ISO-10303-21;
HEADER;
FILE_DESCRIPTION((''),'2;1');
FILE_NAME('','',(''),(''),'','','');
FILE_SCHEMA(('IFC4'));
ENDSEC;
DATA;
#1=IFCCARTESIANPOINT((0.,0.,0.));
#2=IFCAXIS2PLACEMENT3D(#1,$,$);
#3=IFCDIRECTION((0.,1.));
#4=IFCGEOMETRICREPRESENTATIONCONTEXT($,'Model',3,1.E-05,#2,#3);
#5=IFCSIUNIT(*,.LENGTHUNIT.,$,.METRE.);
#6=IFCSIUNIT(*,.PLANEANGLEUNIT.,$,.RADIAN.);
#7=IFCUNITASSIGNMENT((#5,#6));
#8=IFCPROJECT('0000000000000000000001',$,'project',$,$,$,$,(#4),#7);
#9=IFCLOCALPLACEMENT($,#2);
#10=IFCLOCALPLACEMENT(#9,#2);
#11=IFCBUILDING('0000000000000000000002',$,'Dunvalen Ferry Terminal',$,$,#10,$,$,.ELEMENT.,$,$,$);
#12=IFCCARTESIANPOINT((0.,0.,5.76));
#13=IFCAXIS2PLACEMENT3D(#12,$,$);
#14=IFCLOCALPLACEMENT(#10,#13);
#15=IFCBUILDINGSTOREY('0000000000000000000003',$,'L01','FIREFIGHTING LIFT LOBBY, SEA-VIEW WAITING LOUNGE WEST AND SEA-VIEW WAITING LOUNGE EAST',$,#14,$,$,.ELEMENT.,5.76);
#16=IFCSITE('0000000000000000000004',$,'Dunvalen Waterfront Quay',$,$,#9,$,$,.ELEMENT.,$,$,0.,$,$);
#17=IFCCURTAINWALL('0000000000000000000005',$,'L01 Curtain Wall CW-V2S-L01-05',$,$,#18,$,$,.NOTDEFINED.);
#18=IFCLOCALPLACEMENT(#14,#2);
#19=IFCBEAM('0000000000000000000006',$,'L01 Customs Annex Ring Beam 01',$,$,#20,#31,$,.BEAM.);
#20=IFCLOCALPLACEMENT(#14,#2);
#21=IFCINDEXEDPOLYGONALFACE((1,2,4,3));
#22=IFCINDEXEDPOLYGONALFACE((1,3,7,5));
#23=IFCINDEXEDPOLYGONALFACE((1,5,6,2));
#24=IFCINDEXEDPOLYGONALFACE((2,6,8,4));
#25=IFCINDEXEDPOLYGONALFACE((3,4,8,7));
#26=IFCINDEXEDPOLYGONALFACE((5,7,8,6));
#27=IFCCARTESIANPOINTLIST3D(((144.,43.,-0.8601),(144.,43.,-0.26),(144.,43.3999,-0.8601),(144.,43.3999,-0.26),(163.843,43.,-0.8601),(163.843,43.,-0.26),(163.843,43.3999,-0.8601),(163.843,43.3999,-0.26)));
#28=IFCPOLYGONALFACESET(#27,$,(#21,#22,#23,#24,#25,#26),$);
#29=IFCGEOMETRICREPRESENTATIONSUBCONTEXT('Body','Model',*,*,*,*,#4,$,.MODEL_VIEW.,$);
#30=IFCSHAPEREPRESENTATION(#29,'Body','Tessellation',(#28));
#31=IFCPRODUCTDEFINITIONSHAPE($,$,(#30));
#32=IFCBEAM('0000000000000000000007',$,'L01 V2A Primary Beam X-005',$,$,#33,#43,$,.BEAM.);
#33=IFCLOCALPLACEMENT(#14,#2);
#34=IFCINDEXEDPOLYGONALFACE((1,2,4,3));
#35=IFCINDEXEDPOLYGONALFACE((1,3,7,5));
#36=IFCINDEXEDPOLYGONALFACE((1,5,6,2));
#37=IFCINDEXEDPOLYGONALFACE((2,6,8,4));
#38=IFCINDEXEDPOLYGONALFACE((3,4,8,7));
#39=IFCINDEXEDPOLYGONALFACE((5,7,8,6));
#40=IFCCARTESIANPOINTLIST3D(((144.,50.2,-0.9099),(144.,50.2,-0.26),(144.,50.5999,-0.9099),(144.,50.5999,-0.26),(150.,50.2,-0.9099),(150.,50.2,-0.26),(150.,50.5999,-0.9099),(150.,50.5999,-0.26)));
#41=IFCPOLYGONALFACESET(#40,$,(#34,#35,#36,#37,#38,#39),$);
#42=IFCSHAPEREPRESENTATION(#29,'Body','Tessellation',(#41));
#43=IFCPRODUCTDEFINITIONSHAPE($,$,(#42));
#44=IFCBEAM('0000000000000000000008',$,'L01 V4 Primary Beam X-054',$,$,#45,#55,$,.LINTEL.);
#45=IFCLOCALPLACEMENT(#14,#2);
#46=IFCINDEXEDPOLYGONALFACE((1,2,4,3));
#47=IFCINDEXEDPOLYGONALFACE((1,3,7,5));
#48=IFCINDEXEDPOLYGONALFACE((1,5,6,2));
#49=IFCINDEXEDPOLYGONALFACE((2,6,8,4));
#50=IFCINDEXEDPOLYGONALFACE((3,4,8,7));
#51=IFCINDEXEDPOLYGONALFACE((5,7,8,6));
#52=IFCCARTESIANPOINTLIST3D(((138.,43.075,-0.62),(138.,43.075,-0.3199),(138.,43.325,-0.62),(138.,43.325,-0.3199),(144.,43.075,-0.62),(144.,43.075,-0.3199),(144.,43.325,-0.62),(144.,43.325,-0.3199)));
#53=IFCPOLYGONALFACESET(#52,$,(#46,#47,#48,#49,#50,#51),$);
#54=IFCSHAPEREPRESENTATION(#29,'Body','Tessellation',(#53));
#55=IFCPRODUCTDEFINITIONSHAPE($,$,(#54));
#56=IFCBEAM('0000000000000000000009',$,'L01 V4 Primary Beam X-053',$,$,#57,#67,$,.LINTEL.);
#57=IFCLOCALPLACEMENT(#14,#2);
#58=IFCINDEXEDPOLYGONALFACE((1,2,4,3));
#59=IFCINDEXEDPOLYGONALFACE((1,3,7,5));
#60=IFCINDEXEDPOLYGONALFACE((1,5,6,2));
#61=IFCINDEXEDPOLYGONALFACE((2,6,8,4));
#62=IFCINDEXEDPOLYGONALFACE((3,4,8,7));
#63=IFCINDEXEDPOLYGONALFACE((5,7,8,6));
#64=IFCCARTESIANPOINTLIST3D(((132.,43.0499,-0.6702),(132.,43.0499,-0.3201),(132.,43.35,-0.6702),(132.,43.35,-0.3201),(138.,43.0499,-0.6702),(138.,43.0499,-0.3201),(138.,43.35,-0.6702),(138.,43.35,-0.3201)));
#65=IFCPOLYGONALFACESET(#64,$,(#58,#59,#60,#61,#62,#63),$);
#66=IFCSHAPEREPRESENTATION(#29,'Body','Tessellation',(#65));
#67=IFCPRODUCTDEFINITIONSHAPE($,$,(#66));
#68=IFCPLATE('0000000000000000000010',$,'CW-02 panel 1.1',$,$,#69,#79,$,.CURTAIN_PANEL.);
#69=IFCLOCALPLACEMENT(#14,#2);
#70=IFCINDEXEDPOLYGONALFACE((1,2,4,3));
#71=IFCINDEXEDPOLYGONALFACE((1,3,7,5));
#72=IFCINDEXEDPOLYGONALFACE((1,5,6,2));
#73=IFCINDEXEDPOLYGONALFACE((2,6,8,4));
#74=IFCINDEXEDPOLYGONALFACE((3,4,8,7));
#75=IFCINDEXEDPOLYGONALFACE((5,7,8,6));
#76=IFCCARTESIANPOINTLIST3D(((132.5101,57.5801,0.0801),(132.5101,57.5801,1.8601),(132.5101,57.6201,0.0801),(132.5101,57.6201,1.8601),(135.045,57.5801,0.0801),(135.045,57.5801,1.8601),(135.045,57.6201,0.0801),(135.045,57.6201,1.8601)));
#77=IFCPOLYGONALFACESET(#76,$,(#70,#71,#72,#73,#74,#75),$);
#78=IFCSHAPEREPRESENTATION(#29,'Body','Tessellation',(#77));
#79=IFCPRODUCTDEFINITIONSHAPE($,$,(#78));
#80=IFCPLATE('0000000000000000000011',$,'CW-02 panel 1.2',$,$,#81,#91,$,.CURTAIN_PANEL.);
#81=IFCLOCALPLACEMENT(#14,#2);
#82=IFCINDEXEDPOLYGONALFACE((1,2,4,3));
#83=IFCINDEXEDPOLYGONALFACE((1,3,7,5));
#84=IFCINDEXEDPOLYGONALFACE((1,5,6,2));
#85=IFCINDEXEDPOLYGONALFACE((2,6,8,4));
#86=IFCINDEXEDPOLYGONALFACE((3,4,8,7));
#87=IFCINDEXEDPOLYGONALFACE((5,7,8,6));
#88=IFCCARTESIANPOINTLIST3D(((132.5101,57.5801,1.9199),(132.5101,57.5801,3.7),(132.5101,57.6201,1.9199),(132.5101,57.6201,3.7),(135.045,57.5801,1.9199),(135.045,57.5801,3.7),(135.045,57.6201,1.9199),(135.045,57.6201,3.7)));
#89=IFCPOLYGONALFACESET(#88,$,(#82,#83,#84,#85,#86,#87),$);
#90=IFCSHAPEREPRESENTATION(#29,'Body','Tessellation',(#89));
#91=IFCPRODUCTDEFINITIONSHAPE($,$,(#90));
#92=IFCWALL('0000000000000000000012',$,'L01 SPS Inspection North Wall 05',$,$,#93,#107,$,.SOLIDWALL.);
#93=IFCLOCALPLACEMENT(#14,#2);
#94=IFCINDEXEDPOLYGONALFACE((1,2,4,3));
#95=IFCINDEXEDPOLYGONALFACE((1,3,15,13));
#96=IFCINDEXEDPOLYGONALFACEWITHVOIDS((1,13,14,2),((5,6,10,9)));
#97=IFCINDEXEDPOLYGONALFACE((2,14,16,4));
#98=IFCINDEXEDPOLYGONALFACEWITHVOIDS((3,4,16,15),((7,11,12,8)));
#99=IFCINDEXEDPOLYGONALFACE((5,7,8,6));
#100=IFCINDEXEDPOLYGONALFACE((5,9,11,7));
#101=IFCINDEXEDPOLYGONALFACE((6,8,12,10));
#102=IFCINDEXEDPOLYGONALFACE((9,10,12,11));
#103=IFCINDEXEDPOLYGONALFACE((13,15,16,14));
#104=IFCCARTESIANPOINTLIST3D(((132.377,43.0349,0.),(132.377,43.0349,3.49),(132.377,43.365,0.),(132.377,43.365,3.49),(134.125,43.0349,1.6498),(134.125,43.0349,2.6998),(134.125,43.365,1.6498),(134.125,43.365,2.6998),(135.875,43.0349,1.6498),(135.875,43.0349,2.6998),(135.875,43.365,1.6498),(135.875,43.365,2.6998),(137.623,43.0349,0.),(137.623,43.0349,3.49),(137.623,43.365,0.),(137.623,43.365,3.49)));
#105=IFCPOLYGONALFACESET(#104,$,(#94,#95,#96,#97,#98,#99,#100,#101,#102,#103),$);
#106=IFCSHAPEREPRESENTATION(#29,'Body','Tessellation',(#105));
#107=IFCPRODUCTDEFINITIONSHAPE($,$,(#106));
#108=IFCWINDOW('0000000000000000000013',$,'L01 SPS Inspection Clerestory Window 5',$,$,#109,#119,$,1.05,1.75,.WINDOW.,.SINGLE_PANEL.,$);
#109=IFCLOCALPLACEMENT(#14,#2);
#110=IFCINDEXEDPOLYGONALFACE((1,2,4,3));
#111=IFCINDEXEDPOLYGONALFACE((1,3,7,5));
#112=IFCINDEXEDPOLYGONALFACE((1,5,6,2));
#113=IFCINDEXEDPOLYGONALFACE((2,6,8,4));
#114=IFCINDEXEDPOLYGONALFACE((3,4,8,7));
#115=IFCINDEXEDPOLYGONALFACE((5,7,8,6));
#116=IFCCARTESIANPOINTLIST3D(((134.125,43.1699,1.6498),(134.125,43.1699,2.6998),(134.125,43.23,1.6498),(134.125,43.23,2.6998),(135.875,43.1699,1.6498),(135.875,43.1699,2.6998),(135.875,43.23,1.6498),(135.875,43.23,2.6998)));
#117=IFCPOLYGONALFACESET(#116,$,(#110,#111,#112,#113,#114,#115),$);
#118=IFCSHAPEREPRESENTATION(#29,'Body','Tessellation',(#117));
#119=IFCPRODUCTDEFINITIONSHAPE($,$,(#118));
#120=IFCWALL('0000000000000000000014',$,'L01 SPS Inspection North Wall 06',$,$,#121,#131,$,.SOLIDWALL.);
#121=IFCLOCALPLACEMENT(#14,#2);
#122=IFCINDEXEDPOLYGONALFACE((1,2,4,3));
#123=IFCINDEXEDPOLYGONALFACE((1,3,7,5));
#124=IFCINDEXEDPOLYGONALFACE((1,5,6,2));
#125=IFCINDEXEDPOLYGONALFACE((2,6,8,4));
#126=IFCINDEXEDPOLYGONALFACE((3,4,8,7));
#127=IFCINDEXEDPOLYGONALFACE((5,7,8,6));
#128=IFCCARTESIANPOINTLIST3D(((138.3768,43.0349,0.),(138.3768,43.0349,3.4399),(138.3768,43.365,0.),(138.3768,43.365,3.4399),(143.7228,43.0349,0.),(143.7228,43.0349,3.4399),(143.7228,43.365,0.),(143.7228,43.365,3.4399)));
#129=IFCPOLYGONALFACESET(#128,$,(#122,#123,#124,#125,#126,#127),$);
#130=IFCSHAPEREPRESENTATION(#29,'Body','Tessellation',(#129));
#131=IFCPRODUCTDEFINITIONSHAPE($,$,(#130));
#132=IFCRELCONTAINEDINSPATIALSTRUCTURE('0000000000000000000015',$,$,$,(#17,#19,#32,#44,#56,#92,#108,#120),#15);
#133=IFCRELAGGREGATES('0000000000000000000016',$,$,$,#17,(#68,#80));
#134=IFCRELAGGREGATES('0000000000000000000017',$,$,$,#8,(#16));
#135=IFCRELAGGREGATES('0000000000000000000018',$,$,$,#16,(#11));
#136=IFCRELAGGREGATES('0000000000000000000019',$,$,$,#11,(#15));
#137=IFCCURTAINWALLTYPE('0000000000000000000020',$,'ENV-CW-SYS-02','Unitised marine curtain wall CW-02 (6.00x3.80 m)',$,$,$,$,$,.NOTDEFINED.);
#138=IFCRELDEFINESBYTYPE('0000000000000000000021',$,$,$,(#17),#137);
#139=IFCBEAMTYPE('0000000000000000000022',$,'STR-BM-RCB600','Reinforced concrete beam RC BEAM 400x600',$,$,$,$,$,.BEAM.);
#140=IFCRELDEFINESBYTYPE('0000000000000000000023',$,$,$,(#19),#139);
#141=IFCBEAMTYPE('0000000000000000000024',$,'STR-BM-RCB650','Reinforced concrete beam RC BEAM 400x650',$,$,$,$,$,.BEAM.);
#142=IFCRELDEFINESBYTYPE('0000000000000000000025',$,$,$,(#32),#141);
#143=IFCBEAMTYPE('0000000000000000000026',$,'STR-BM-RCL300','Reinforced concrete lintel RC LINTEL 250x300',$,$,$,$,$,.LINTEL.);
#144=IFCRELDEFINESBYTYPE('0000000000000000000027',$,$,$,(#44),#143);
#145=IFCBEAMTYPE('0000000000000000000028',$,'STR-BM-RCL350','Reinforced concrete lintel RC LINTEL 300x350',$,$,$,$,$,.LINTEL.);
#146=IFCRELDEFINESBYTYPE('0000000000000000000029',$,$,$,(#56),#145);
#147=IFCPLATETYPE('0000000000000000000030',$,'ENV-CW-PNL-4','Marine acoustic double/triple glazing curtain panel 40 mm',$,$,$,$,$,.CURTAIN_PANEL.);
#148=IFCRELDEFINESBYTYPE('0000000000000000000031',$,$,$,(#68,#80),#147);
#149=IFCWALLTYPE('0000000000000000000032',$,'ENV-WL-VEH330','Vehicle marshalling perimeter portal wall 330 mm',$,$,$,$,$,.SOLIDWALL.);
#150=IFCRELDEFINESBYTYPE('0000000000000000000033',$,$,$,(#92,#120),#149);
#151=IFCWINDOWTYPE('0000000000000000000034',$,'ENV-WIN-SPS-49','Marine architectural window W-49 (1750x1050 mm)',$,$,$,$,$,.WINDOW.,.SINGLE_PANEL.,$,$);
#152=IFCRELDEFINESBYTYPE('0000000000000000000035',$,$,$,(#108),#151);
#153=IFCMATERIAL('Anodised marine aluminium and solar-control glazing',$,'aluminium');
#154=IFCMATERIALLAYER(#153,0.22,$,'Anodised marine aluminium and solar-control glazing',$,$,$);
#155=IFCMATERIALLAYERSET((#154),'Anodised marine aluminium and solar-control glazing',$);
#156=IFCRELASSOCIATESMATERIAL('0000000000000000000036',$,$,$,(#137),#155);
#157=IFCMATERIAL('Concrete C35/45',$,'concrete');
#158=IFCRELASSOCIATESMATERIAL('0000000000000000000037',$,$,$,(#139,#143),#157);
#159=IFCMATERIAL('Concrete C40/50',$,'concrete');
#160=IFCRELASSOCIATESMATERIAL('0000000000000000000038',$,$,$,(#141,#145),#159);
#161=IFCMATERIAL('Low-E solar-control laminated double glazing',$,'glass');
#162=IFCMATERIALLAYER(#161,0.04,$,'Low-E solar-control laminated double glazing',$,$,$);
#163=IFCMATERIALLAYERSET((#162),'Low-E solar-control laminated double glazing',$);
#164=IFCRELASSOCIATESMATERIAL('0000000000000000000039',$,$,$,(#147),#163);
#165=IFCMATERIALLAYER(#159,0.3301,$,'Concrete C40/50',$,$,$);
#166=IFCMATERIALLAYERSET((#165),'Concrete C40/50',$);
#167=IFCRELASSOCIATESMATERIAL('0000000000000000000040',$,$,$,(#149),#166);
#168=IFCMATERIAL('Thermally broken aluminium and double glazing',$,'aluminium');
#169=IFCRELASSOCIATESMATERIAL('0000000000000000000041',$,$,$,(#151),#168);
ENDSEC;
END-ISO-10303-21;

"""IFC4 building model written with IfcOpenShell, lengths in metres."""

from ifc_helpers import new_model, si_unit, direction, frame, frame_2d, origin, origin_2d, place, context, subcontext, project, spatial, rectangle, extrude, material, layer, layer_set, material_profile, profile_set, type_object, element, fill, aggregate, save


model = new_model("IFC4")

# Units and contexts
model_context = context("Model", 3, precision=1e-05, world=origin(), true_north=direction((0.0, 1.0)))
body_context = subcontext(model_context, "Body", "Model", "MODEL_VIEW")
ifc_project = project(units=[si_unit("LENGTHUNIT", "METRE"), si_unit("PLANEANGLEUNIT", "RADIAN")], contexts=[model_context])

# Site, building, storey
site_placement = place(None, origin())
site = spatial("IfcSite", under=ifc_project, at=site_placement, Name="Dunvalen Waterfront Quay", CompositionType="ELEMENT", RefElevation=0.0)
building_placement = place(site_placement, origin())
building = spatial("IfcBuilding", under=site, at=building_placement, Name="Dunvalen Ferry Terminal", CompositionType="ELEMENT")
storey_placement = place(building_placement, frame((0.0, 0.0, 5.76)))
storey = spatial("IfcBuildingStorey", under=building, at=storey_placement, Name="L01", Description="FIREFIGHTING LIFT LOBBY, SEA-VIEW WAITING LOUNGE WEST AND SEA-VIEW WAITING LOUNGE EAST", CompositionType="ELEMENT", Elevation=5.76)

# Shared definitions
ifc_material_1 = material(Name="Concrete C40/50", Category="concrete")
ifc_material_2 = material(Name="Concrete C35/45", Category="concrete")

# Curtain wall
ifc_material_3 = material(Name="Anodised marine aluminium and solar-control glazing", Category="aluminium")
ifc_layer_1 = layer(ifc_material_3, 0.22, Name="Anodised marine aluminium and solar-control glazing")
ifc_layer_set_1 = layer_set([ifc_layer_1], Name="Anodised marine aluminium and solar-control glazing")
curtain_wall_type = type_object("IfcCurtainWallType", Name="ENV-CW-SYS-02", Description="Unitised marine curtain wall CW-02 (6.00x3.80 m)", PredefinedType="NOTDEFINED", material=ifc_layer_set_1)
curtain_wall_placement = place(storey_placement, origin())
curtain_wall = element("IfcCurtainWall", 1, at=curtain_wall_placement, inside=storey, type_object=curtain_wall_type, Name="L01 Curtain Wall CW-V2S-L01-05", PredefinedType="NOTDEFINED")

# Beams
ifc_material_profile_1 = material_profile(ifc_material_2, rectangle(XDim=0.3999, YDim=0.6001, at=origin_2d()), Name="Concrete C35/45")
ifc_profile_set_1 = profile_set([ifc_material_profile_1], Name="Concrete C35/45")
beam_type_1 = type_object("IfcBeamType", Name="STR-BM-RCB600", Description="Reinforced concrete beam RC BEAM 400x600", PredefinedType="BEAM", material=ifc_profile_set_1)
beam_1_placement = place(storey_placement, frame((144.0, 43.2, -0.5601), z_axis=(1.0, 0.0, 0.0), x_axis=(0.0, 1.0, 0.0)))
element("IfcBeam", 2, at=beam_1_placement, inside=storey, type_object=beam_type_1, Name="L01 Customs Annex Ring Beam 01", PredefinedType="BEAM", context=body_context, shape_type="SweptSolid", body=[
    extrude(rectangle(XDim=0.3999, YDim=0.6001, at=origin_2d()), origin(), (0.0, 0.0, 1.0), 19.843),
])
ifc_material_profile_2 = material_profile(ifc_material_1, rectangle(XDim=0.3999, YDim=0.6499, at=origin_2d()), Name="Concrete C40/50")
ifc_profile_set_2 = profile_set([ifc_material_profile_2], Name="Concrete C40/50")
beam_type_2 = type_object("IfcBeamType", Name="STR-BM-RCB650", Description="Reinforced concrete beam RC BEAM 400x650", PredefinedType="BEAM", material=ifc_profile_set_2)
beam_2_placement = place(storey_placement, frame((144.0, 50.3999, -0.585), z_axis=(1.0, 0.0, 0.0), x_axis=(0.0, 1.0, 0.0)))
element("IfcBeam", 3, at=beam_2_placement, inside=storey, type_object=beam_type_2, Name="L01 V2A Primary Beam X-005", PredefinedType="BEAM", context=body_context, shape_type="SweptSolid", body=[
    extrude(rectangle(XDim=0.3999, YDim=0.6499, at=origin_2d()), origin(), (0.0, 0.0, 1.0), 6.0),
])
ifc_material_profile_3 = material_profile(ifc_material_2, rectangle(XDim=0.25, YDim=0.3, at=origin_2d()), Name="Concrete C35/45")
ifc_profile_set_3 = profile_set([ifc_material_profile_3], Name="Concrete C35/45")
beam_type_3 = type_object("IfcBeamType", Name="STR-BM-RCL300", Description="Reinforced concrete lintel RC LINTEL 250x300", PredefinedType="LINTEL", material=ifc_profile_set_3)
beam_3_placement = place(storey_placement, frame((138.0, 43.2, -0.47), z_axis=(1.0, 0.0, 0.0), x_axis=(0.0, 1.0, 0.0)))
element("IfcBeam", 4, at=beam_3_placement, inside=storey, type_object=beam_type_3, Name="L01 V4 Primary Beam X-054", PredefinedType="LINTEL", context=body_context, shape_type="SweptSolid", body=[
    extrude(rectangle(XDim=0.25, YDim=0.3, at=origin_2d()), origin(), (0.0, 0.0, 1.0), 6.0),
])
ifc_material_profile_4 = material_profile(ifc_material_1, rectangle(XDim=0.3, YDim=0.3501, at=origin_2d()), Name="Concrete C40/50")
ifc_profile_set_4 = profile_set([ifc_material_profile_4], Name="Concrete C40/50")
beam_type_4 = type_object("IfcBeamType", Name="STR-BM-RCL350", Description="Reinforced concrete lintel RC LINTEL 300x350", PredefinedType="LINTEL", material=ifc_profile_set_4)
beam_4_placement = place(storey_placement, frame((132.0, 43.2, -0.4951), z_axis=(1.0, 0.0, 0.0), x_axis=(0.0, 1.0, 0.0)))
element("IfcBeam", 5, at=beam_4_placement, inside=storey, type_object=beam_type_4, Name="L01 V4 Primary Beam X-053", PredefinedType="LINTEL", context=body_context, shape_type="SweptSolid", body=[
    extrude(rectangle(XDim=0.3, YDim=0.3501, at=origin_2d()), origin(), (0.0, 0.0, 1.0), 6.0),
])

# Plates
ifc_material_4 = material(Name="Low-E solar-control laminated double glazing", Category="glass")
ifc_layer_2 = layer(ifc_material_4, 0.04, Name="Low-E solar-control laminated double glazing")
ifc_layer_set_2 = layer_set([ifc_layer_2], Name="Low-E solar-control laminated double glazing")
plate_type = type_object("IfcPlateType", Name="ENV-CW-PNL-4", Description="Marine acoustic double/triple glazing curtain panel 40 mm", PredefinedType="CURTAIN_PANEL", material=ifc_layer_set_2)
plate_1_placement = place(storey_placement, frame((133.7776, 57.6001, 0.0801), z_axis=(0.0, 0.0, 1.0), x_axis=(1.0, 0.0, 0.0)))
plate_1 = element("IfcPlate", 6, at=plate_1_placement, type_object=plate_type, Name="CW-02 panel 1.1", PredefinedType="CURTAIN_PANEL", context=body_context, shape_type="SweptSolid", body=[
    extrude(rectangle(XDim=2.5349, YDim=0.04, at=origin_2d()), origin(), (0.0, 0.0, 1.0), 1.78),
])
plate_2_placement = place(storey_placement, frame((133.7776, 57.6001, 1.9199), z_axis=(0.0, 0.0, 1.0), x_axis=(1.0, 0.0, 0.0)))
plate_2 = element("IfcPlate", 7, at=plate_2_placement, type_object=plate_type, Name="CW-02 panel 1.2", PredefinedType="CURTAIN_PANEL", context=body_context, shape_type="SweptSolid", body=[
    extrude(rectangle(XDim=2.5349, YDim=0.04, at=origin_2d()), origin(), (0.0, 0.0, 1.0), 1.78),
])
aggregate(curtain_wall, [plate_1, plate_2])

# Wall, opening, window
ifc_layer_3 = layer(ifc_material_1, 0.3301, Name="Concrete C40/50")
ifc_layer_set_3 = layer_set([ifc_layer_3], Name="Concrete C40/50")
wall_type = type_object("IfcWallType", Name="ENV-WL-VEH330", Description="Vehicle marshalling perimeter portal wall 330 mm", PredefinedType="SOLIDWALL", material=ifc_layer_set_3)
wall_1_placement = place(storey_placement, frame((132.377, 43.2, 0.0), z_axis=(0.0, 0.0, 1.0), x_axis=(1.0, 0.0, 0.0)))
wall_1 = element("IfcWall", 8, at=wall_1_placement, inside=storey, type_object=wall_type, Name="L01 SPS Inspection North Wall 05", PredefinedType="SOLIDWALL", context=body_context, shape_type="SweptSolid", body=[
    extrude(rectangle(XDim=5.2461, YDim=0.3301, at=frame_2d((2.623, 0.0))), origin(), (0.0, 0.0, 1.0), 3.49),
])
opening_placement = place(wall_1_placement, frame((1.748, 0.0, 1.6499)))
opening = element("IfcOpeningElement", 9, at=opening_placement, cuts=wall_1, PredefinedType="OPENING", context=body_context, shape_type="SweptSolid", body=[
    extrude(rectangle(XDim=1.75, YDim=1.05, at=frame_2d((0.875, 0.5249))), frame((0.0, 0.175, 0.0), z_axis=(0.0, -1.0, 0.0), x_axis=(1.0, 0.0, 0.0)), (0.0, 0.0, 1.0), 0.3501),
])
ifc_material_5 = material(Name="Thermally broken aluminium and double glazing", Category="aluminium")
window_type = type_object("IfcWindowType", Name="ENV-WIN-SPS-49", Description="Marine architectural window W-49 (1750x1050 mm)", PartitioningType="SINGLE_PANEL", PredefinedType="WINDOW", material=ifc_material_5)
window_placement = place(opening_placement, origin())
window = element("IfcWindow", 10, at=window_placement, inside=storey, type_object=window_type, Name="L01 SPS Inspection Clerestory Window 5", OverallHeight=1.05, OverallWidth=1.75, PartitioningType="SINGLE_PANEL", PredefinedType="WINDOW", context=body_context, shape_type="SweptSolid", body=[
    extrude(rectangle(XDim=1.75, YDim=1.05, at=frame_2d((0.875, 0.5249))), frame((0.0, 0.03, 0.0), z_axis=(0.0, -1.0, 0.0), x_axis=(1.0, 0.0, 0.0)), (0.0, 0.0, 1.0), 0.0601),
])
fill(opening, window)

# Wall
wall_2_placement = place(storey_placement, frame((138.377, 43.2, 0.0), z_axis=(0.0, 0.0, 1.0), x_axis=(1.0, 0.0, 0.0)))
element("IfcWall", 11, at=wall_2_placement, inside=storey, type_object=wall_type, Name="L01 SPS Inspection North Wall 06", PredefinedType="SOLIDWALL", context=body_context, shape_type="SweptSolid", body=[
    extrude(rectangle(XDim=5.3459, YDim=0.3301, at=frame_2d((2.6729, 0.0))), origin(), (0.0, 0.0, 1.0), 3.4399),
])

save(model, "model.ifc")
